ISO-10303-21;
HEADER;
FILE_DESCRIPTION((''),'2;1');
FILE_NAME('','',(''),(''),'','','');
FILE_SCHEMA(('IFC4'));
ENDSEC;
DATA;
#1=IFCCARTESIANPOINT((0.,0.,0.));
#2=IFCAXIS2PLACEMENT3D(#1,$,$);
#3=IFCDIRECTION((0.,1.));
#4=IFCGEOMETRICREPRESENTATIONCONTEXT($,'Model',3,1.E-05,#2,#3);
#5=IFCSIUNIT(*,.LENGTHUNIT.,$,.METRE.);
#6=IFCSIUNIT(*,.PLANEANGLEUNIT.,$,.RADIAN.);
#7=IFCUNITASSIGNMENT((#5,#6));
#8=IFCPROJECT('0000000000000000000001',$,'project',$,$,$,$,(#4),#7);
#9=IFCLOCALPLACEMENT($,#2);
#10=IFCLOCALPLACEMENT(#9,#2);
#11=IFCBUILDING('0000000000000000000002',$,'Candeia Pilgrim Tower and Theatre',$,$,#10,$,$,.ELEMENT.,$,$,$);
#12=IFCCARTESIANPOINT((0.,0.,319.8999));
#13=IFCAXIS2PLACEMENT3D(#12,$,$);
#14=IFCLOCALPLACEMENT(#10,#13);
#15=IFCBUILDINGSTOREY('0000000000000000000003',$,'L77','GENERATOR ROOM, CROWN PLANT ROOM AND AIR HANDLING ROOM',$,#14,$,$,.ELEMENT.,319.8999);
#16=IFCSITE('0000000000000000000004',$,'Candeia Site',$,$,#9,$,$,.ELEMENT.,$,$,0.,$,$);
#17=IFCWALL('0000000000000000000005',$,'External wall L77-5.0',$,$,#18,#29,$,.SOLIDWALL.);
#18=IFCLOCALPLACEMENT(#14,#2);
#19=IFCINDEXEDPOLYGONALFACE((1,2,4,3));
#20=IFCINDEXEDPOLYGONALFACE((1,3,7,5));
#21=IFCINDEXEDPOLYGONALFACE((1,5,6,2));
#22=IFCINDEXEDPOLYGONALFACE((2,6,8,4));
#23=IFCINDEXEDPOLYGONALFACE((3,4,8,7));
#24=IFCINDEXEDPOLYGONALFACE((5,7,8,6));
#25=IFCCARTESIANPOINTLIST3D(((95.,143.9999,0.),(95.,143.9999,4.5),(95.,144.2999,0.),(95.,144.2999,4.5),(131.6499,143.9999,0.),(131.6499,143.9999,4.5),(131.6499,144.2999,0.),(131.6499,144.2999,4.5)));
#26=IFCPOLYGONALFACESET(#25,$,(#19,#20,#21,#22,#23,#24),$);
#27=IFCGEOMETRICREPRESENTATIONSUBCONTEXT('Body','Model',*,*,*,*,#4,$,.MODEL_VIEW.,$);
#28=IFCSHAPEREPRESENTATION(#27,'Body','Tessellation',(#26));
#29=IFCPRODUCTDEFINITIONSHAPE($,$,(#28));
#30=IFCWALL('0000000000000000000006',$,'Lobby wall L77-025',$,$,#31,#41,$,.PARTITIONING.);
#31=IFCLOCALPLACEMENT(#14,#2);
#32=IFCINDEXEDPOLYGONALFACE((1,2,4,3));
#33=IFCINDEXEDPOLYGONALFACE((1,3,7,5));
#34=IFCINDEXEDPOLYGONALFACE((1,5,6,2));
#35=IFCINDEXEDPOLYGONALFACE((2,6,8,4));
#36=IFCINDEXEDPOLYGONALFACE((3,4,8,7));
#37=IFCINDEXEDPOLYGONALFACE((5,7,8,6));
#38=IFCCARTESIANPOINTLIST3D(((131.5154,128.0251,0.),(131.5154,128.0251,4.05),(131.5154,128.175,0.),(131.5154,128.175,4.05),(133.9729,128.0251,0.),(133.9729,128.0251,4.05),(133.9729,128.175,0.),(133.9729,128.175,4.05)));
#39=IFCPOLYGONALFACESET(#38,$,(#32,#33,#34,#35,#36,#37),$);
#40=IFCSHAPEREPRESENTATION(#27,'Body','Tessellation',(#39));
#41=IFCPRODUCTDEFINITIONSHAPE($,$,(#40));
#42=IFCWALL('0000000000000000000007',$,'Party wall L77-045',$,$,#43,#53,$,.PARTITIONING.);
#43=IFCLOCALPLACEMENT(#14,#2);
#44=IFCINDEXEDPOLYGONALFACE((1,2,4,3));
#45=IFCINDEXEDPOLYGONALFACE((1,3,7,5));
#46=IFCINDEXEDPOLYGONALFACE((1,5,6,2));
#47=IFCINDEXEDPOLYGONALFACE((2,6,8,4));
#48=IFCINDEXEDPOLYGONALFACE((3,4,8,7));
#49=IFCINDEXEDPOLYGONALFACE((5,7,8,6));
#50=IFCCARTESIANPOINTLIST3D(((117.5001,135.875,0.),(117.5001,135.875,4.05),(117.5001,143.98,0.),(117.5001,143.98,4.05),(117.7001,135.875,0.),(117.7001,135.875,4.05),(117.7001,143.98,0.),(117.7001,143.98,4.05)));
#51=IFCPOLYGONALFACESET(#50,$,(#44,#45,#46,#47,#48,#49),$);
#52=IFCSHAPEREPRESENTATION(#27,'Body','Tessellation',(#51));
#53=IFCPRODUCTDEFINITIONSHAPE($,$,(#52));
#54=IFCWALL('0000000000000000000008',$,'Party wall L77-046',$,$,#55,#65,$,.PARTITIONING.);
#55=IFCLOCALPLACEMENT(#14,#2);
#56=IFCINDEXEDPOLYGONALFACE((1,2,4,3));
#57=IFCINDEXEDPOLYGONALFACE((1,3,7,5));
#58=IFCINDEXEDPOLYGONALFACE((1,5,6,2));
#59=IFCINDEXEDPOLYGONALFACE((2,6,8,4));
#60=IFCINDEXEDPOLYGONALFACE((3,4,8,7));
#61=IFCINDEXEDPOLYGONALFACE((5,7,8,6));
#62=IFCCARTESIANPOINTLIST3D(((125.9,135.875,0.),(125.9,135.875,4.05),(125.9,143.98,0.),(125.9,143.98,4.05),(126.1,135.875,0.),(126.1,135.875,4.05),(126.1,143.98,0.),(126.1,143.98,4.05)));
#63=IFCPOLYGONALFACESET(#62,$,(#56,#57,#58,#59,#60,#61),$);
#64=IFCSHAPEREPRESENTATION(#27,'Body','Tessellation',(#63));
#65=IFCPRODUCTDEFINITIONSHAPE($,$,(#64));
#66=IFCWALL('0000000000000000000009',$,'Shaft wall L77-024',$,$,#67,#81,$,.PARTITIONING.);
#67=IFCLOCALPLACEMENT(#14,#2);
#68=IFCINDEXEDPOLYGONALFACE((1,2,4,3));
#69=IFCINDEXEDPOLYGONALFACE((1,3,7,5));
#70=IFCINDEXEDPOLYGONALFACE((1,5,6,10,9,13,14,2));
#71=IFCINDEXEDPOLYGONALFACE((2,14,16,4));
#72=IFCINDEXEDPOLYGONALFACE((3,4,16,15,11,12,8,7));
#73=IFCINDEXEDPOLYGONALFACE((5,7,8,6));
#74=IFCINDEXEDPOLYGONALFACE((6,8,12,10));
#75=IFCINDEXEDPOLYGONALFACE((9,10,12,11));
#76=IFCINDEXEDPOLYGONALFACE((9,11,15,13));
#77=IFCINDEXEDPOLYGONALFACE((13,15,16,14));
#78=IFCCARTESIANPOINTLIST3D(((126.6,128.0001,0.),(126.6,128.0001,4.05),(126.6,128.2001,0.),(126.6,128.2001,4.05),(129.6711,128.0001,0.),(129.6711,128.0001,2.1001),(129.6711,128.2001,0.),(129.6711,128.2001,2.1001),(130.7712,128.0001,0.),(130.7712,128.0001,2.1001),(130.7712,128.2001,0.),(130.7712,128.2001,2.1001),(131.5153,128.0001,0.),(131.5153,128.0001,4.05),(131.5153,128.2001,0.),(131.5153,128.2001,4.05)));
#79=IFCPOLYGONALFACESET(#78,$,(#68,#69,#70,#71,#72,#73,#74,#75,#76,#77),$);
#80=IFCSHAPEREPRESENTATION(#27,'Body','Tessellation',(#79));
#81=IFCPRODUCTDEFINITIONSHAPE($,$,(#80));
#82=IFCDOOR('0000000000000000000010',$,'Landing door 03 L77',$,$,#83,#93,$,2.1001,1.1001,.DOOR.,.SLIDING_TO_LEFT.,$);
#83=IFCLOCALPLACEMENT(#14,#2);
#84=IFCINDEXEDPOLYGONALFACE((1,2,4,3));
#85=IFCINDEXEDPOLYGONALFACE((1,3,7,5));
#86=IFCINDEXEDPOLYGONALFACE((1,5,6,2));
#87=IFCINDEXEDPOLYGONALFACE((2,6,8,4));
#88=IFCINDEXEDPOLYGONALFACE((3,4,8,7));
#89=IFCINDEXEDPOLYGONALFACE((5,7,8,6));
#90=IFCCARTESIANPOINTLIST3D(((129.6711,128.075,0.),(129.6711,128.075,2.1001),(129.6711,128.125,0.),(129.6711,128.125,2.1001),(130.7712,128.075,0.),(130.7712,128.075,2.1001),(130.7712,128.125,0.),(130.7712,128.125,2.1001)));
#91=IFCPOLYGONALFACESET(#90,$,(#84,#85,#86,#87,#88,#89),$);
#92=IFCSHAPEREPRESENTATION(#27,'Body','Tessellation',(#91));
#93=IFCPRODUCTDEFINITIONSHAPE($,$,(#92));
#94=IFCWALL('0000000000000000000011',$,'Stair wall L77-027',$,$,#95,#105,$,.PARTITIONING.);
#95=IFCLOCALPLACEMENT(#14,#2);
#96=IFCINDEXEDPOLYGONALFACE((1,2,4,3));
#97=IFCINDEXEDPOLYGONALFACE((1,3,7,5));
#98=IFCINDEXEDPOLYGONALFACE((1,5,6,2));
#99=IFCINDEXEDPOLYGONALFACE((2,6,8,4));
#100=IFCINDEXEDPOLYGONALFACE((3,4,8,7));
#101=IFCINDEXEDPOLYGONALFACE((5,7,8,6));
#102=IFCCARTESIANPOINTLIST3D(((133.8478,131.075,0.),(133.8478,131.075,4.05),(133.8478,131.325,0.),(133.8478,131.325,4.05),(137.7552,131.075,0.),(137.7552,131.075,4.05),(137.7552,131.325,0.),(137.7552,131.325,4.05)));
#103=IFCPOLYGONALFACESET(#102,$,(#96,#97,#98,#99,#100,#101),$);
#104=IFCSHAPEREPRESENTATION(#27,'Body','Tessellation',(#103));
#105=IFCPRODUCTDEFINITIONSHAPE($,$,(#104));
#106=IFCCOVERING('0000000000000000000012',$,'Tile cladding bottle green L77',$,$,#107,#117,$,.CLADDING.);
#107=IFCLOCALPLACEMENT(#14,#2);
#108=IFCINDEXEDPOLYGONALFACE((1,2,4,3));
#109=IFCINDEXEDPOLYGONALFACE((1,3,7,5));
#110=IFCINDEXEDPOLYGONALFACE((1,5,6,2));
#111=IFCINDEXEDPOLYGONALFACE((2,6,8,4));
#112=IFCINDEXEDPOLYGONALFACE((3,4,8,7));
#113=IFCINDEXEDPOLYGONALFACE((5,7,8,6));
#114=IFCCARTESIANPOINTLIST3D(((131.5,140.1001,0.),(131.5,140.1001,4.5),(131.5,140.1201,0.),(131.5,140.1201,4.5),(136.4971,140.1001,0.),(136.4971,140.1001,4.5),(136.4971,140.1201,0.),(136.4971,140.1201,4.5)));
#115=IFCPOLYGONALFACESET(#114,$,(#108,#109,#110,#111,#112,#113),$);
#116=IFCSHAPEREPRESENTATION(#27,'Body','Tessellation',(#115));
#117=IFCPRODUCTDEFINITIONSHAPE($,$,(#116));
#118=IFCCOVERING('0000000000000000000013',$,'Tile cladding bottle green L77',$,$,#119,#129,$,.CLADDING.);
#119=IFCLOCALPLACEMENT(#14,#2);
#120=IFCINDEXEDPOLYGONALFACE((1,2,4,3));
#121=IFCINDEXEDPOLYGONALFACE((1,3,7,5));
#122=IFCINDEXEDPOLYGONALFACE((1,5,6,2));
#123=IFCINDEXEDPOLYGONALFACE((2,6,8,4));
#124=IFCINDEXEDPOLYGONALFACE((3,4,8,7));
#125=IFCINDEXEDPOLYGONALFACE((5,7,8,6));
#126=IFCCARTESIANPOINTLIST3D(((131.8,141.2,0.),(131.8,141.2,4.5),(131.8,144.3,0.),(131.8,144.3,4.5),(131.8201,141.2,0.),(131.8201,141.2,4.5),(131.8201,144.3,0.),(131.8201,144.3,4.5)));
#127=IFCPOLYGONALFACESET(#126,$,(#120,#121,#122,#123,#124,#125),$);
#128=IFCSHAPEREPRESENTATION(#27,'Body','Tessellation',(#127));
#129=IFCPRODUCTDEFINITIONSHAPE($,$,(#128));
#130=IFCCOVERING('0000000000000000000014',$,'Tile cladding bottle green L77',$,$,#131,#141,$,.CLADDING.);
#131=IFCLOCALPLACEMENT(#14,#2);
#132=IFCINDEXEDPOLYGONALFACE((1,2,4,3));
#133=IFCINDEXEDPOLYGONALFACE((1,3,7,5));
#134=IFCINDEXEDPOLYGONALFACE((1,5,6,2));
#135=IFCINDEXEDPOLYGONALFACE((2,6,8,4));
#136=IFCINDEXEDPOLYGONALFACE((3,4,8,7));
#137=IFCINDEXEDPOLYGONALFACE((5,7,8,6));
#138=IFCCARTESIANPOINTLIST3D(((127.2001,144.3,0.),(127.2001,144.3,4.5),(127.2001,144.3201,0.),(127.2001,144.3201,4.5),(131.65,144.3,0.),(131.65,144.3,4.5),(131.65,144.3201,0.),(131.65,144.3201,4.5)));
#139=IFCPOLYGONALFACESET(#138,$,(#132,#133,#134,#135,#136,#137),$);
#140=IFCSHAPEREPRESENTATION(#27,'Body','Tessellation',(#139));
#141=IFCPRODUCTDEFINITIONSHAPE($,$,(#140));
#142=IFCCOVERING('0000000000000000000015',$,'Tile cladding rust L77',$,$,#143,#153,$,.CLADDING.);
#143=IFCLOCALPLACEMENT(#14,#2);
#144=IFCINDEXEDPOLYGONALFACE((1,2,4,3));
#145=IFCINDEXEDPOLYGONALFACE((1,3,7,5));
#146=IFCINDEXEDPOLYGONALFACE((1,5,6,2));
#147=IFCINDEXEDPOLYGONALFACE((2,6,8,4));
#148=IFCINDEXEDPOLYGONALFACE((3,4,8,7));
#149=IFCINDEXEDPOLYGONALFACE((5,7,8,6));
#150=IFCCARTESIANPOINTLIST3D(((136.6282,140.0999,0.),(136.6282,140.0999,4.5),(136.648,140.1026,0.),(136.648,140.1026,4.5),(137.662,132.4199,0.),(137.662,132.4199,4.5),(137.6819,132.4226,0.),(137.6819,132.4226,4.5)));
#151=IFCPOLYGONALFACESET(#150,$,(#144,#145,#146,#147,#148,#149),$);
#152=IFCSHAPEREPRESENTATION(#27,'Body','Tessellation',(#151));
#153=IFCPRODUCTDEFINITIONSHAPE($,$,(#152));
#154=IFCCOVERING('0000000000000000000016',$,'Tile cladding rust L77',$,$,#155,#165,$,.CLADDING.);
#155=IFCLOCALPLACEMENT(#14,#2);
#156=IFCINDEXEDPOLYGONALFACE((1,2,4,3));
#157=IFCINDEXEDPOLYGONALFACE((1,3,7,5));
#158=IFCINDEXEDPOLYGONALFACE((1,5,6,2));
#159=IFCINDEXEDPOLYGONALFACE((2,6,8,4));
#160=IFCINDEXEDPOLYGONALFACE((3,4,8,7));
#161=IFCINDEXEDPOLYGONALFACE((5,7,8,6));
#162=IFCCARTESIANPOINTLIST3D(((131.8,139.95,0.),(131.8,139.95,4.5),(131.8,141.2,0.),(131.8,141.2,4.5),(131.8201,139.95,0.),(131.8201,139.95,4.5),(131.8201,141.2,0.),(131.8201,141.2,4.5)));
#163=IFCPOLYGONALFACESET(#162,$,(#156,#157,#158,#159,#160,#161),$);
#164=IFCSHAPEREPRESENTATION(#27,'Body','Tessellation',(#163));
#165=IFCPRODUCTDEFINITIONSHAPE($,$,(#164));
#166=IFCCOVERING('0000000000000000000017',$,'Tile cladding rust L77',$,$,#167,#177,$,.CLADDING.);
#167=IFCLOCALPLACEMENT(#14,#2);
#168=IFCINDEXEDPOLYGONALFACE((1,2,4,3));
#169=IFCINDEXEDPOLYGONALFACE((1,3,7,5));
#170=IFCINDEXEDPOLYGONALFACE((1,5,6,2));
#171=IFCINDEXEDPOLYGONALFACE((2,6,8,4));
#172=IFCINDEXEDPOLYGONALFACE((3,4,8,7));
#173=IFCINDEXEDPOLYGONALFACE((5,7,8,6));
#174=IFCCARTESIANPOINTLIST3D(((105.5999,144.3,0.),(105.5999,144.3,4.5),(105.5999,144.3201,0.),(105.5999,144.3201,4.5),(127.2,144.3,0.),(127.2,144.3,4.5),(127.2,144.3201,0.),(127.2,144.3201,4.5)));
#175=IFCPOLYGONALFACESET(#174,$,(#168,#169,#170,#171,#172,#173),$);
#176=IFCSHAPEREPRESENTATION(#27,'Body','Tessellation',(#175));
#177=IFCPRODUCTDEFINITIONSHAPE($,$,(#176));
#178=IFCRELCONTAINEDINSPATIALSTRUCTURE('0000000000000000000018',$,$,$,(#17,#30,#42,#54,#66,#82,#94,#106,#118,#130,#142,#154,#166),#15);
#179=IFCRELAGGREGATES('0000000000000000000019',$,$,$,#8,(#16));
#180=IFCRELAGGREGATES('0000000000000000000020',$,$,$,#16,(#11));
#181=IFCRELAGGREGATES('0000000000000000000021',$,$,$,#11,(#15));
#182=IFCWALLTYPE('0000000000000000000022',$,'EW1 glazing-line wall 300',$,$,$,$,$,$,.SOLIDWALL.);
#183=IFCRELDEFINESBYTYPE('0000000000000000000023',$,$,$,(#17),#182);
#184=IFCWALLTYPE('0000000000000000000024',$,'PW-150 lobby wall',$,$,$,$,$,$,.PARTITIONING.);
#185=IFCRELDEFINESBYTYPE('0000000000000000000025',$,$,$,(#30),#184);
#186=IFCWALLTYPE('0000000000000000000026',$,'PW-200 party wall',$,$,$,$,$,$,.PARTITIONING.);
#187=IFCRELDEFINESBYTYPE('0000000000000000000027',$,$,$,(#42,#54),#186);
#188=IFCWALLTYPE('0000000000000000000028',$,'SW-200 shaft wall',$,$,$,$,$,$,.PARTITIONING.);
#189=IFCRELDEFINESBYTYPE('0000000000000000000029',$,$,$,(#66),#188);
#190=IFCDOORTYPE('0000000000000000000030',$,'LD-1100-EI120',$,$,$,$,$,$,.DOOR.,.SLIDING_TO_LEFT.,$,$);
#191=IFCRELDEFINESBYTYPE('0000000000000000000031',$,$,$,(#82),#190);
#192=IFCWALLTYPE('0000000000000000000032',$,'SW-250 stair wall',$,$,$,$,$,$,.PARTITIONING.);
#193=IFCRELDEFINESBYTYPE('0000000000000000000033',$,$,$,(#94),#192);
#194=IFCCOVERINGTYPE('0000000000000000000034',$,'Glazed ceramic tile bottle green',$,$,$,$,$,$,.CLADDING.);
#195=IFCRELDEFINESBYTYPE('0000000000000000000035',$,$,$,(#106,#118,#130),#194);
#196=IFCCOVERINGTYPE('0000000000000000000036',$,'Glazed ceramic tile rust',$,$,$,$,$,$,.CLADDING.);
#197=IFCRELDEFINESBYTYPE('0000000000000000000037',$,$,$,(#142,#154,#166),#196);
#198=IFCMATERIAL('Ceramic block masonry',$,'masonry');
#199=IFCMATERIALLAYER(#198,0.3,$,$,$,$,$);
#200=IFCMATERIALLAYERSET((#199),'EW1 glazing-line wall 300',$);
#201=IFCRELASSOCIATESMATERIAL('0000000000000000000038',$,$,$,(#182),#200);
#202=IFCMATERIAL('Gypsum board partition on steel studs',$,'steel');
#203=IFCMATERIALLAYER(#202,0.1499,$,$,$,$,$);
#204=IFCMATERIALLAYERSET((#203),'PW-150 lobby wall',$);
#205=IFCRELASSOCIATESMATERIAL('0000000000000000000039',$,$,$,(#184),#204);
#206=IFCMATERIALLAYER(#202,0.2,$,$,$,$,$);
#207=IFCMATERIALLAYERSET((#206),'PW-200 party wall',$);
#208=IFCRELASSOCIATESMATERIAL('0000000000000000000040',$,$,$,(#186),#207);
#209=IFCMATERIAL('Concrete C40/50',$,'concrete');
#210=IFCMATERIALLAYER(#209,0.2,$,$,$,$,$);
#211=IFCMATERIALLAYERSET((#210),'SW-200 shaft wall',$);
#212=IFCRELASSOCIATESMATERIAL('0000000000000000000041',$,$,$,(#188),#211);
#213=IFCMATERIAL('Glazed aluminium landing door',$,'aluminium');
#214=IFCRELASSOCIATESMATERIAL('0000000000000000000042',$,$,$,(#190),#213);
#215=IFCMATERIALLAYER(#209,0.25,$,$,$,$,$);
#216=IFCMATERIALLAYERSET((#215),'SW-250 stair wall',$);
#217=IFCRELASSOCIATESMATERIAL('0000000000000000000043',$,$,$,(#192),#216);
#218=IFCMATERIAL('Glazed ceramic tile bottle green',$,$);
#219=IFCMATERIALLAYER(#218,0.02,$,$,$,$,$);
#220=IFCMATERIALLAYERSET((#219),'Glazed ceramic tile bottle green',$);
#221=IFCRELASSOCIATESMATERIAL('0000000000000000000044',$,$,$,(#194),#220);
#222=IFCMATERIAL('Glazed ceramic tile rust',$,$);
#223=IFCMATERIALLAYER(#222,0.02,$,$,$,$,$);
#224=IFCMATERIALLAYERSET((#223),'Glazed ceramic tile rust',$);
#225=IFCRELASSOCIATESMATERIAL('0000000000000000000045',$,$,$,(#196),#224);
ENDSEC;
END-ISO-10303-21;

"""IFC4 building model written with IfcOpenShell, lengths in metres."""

from ifc_helpers import new_model, si_unit, direction, frame, frame_2d, origin, origin_2d, place, context, subcontext, project, spatial, rectangle, extrude, material, layer, layer_set, type_object, element, fill, save


model = new_model("IFC4")

# Units and contexts
model_context = context("Model", 3, precision=1e-05, world=origin(), true_north=direction((0.0, 1.0)))
body_context = subcontext(model_context, "Body", "Model", "MODEL_VIEW")
ifc_project = project(units=[si_unit("LENGTHUNIT", "METRE"), si_unit("PLANEANGLEUNIT", "RADIAN")], contexts=[model_context])

# Site, building, storey
site_placement = place(None, origin())
site = spatial("IfcSite", under=ifc_project, at=site_placement, Name="Candeia Site", CompositionType="ELEMENT", RefElevation=0.0)
building_placement = place(site_placement, origin())
building = spatial("IfcBuilding", under=site, at=building_placement, Name="Candeia Pilgrim Tower and Theatre", CompositionType="ELEMENT")
storey_placement = place(building_placement, frame((0.0, 0.0, 319.8999)))
storey = spatial("IfcBuildingStorey", under=building, at=storey_placement, Name="L77", Description="GENERATOR ROOM, CROWN PLANT ROOM AND AIR HANDLING ROOM", CompositionType="ELEMENT", Elevation=319.8999)

# Shared definitions
ifc_material_1 = material(Name="Concrete C40/50", Category="concrete")

# Walls
ifc_material_2 = material(Name="Ceramic block masonry", Category="masonry")
ifc_layer_1 = layer(ifc_material_2, 0.3)
ifc_layer_set_1 = layer_set([ifc_layer_1], Name="EW1 glazing-line wall 300")
wall_type_1 = type_object("IfcWallType", Name="EW1 glazing-line wall 300", PredefinedType="SOLIDWALL", material=ifc_layer_set_1)
wall_1_placement = place(storey_placement, frame((131.6499, 144.1499, 0.0), z_axis=(0.0, 0.0, 1.0), x_axis=(-1.0, 0.0, 0.0)))
element("IfcWall", 1, at=wall_1_placement, inside=storey, type_object=wall_type_1, Name="External wall L77-5.0", PredefinedType="SOLIDWALL", context=body_context, shape_type="SweptSolid", body=[
    extrude(rectangle(XDim=36.6499, YDim=0.3, at=frame_2d((18.325, 0.0))), origin(), (0.0, 0.0, 1.0), 4.5),
])
ifc_material_3 = material(Name="Gypsum board partition on steel studs", Category="steel")
ifc_layer_2 = layer(ifc_material_3, 0.1499)
ifc_layer_set_2 = layer_set([ifc_layer_2], Name="PW-150 lobby wall")
wall_type_2 = type_object("IfcWallType", Name="PW-150 lobby wall", PredefinedType="PARTITIONING", material=ifc_layer_set_2)
wall_2_placement = place(storey_placement, frame((131.5154, 128.1001, 0.0), z_axis=(0.0, 0.0, 1.0), x_axis=(1.0, 0.0, 0.0)))
element("IfcWall", 2, at=wall_2_placement, inside=storey, type_object=wall_type_2, Name="Lobby wall L77-025", PredefinedType="PARTITIONING", context=body_context, shape_type="SweptSolid", body=[
    extrude(rectangle(XDim=2.4575, YDim=0.1499, at=frame_2d((1.2288, 0.0))), origin(), (0.0, 0.0, 1.0), 4.05),
])
ifc_layer_3 = layer(ifc_material_3, 0.2)
ifc_layer_set_3 = layer_set([ifc_layer_3], Name="PW-200 party wall")
wall_type_3 = type_object("IfcWallType", Name="PW-200 party wall", PredefinedType="PARTITIONING", material=ifc_layer_set_3)
for number, where, z_axis, x_axis, name in (
    (3, (117.6001, 135.875, 0.0), (0.0, 0.0, 1.0), (0.0, 1.0, 0.0), "Party wall L77-045"),
    (4, (126.0, 135.875, 0.0), (0.0, 0.0, 1.0), (0.0, 1.0, 0.0), "Party wall L77-046"),
):
    element("IfcWall", number, at=place(storey_placement, frame(where, z_axis=z_axis, x_axis=x_axis)), inside=storey, type_object=wall_type_3, Name=name, PredefinedType="PARTITIONING", context=body_context, shape_type="SweptSolid", body=[
        extrude(rectangle(XDim=8.105, YDim=0.2, at=frame_2d((4.0525, 0.0))), origin(), (0.0, 0.0, 1.0), 4.05),
    ])

# Wall, opening, door
ifc_layer_4 = layer(ifc_material_1, 0.2)
ifc_layer_set_4 = layer_set([ifc_layer_4], Name="SW-200 shaft wall")
wall_type_4 = type_object("IfcWallType", Name="SW-200 shaft wall", PredefinedType="PARTITIONING", material=ifc_layer_set_4)
wall_3_placement = place(storey_placement, frame((126.6001, 128.1001, 0.0), z_axis=(0.0, 0.0, 1.0), x_axis=(1.0, 0.0, 0.0)))
wall_3 = element("IfcWall", 5, at=wall_3_placement, inside=storey, type_object=wall_type_4, Name="Shaft wall L77-024", PredefinedType="PARTITIONING", context=body_context, shape_type="SweptSolid", body=[
    extrude(rectangle(XDim=4.9153, YDim=0.2, at=frame_2d((2.4575, 0.0))), origin(), (0.0, 0.0, 1.0), 4.05),
])
opening_1_placement = place(wall_3_placement, frame((3.071, 0.0, 0.0)))
opening_1 = element("IfcOpeningElement", 6, at=opening_1_placement, cuts=wall_3, PredefinedType="OPENING", context=body_context, shape_type="SweptSolid", body=[
    extrude(rectangle(XDim=1.1001, YDim=2.1001, at=frame_2d((0.55, 1.05))), frame((0.0, 0.1099, 0.0), z_axis=(0.0, -1.0, 0.0), x_axis=(1.0, 0.0, 0.0)), (0.0, 0.0, 1.0), 0.22),
])
ifc_material_4 = material(Name="Glazed aluminium landing door", Category="aluminium")
door_type_1 = type_object("IfcDoorType", Name="LD-1100-EI120", OperationType="SLIDING_TO_LEFT", PredefinedType="DOOR", material=ifc_material_4)
door_1_placement = place(opening_1_placement, origin())
door_1 = element("IfcDoor", 7, at=door_1_placement, inside=storey, type_object=door_type_1, Name="Landing door 03 L77", OperationType="SLIDING_TO_LEFT", OverallHeight=2.1001, OverallWidth=1.1001, PredefinedType="DOOR", context=body_context, shape_type="SweptSolid", body=[
    extrude(rectangle(XDim=1.1001, YDim=2.1001, at=frame_2d((0.55, 1.05))), frame((0.0, 0.0249, 0.0), z_axis=(0.0, -1.0, 0.0), x_axis=(1.0, 0.0, 0.0)), (0.0, 0.0, 1.0), 0.05),
])
fill(opening_1, door_1)

# Wall
ifc_layer_5 = layer(ifc_material_1, 0.25)
ifc_layer_set_5 = layer_set([ifc_layer_5], Name="SW-250 stair wall")
wall_type_5 = type_object("IfcWallType", Name="SW-250 stair wall", PredefinedType="PARTITIONING", material=ifc_layer_set_5)
wall_4_placement = place(storey_placement, frame((133.8479, 131.2, 0.0), z_axis=(0.0, 0.0, 1.0), x_axis=(1.0, 0.0, 0.0)))
element("IfcWall", 8, at=wall_4_placement, inside=storey, type_object=wall_type_5, Name="Stair wall L77-027", PredefinedType="PARTITIONING", context=body_context, shape_type="SweptSolid", body=[
    extrude(rectangle(XDim=3.9075, YDim=0.25, at=frame_2d((1.9536, 0.0))), origin(), (0.0, 0.0, 1.0), 4.05),
])

# Coverings
ifc_material_5 = material(Name="Glazed ceramic tile bottle green")
ifc_layer_6 = layer(ifc_material_5, 0.02)
ifc_layer_set_6 = layer_set([ifc_layer_6], Name="Glazed ceramic tile bottle green")
covering_type_1 = type_object("IfcCoveringType", Name="Glazed ceramic tile bottle green", PredefinedType="CLADDING", material=ifc_layer_set_6)
covering_1_placement = place(storey_placement, frame((133.9985, 140.1101, 0.0), z_axis=(0.0, 0.0, 1.0), x_axis=(-1.0, 0.0, 0.0)))
element("IfcCovering", 9, at=covering_1_placement, inside=storey, type_object=covering_type_1, Name="Tile cladding bottle green L77", PredefinedType="CLADDING", context=body_context, shape_type="SweptSolid", body=[
    extrude(rectangle(XDim=4.9971, YDim=0.02, at=origin_2d()), origin(), (0.0, 0.0, 1.0), 4.5),
])
covering_2_placement = place(storey_placement, frame((131.8101, 142.75, 0.0), z_axis=(0.0, 0.0, 1.0), x_axis=(0.0, 1.0, 0.0)))
element("IfcCovering", 10, at=covering_2_placement, inside=storey, type_object=covering_type_1, Name="Tile cladding bottle green L77", PredefinedType="CLADDING", context=body_context, shape_type="SweptSolid", body=[
    extrude(rectangle(XDim=3.1001, YDim=0.02, at=origin_2d()), origin(), (0.0, 0.0, 1.0), 4.5),
])
covering_3_placement = place(storey_placement, frame((129.425, 144.3101, 0.0), z_axis=(0.0, 0.0, 1.0), x_axis=(-1.0, 0.0, 0.0)))
element("IfcCovering", 11, at=covering_3_placement, inside=storey, type_object=covering_type_1, Name="Tile cladding bottle green L77", PredefinedType="CLADDING", context=body_context, shape_type="SweptSolid", body=[
    extrude(rectangle(XDim=4.45, YDim=0.02, at=origin_2d()), origin(), (0.0, 0.0, 1.0), 4.5),
])
ifc_material_6 = material(Name="Glazed ceramic tile rust")
ifc_layer_7 = layer(ifc_material_6, 0.02)
ifc_layer_set_7 = layer_set([ifc_layer_7], Name="Glazed ceramic tile rust")
covering_type_2 = type_object("IfcCoveringType", Name="Glazed ceramic tile rust", PredefinedType="CLADDING", material=ifc_layer_set_7)
covering_4_placement = place(storey_placement, frame((137.155, 136.2612, 0.0), z_axis=(0.0, 0.0, 1.0), x_axis=(-0.133412, 0.991061, 0.0)))
element("IfcCovering", 12, at=covering_4_placement, inside=storey, type_object=covering_type_2, Name="Tile cladding rust L77", PredefinedType="CLADDING", context=body_context, shape_type="SweptSolid", body=[
    extrude(rectangle(XDim=7.7493, YDim=0.02, at=origin_2d()), origin(), (0.0, 0.0, 1.0), 4.5),
])
covering_5_placement = place(storey_placement, frame((131.8101, 140.575, 0.0), z_axis=(0.0, 0.0, 1.0), x_axis=(0.0, 1.0, 0.0)))
element("IfcCovering", 13, at=covering_5_placement, inside=storey, type_object=covering_type_2, Name="Tile cladding rust L77", PredefinedType="CLADDING", context=body_context, shape_type="SweptSolid", body=[
    extrude(rectangle(XDim=1.25, YDim=0.02, at=origin_2d()), origin(), (0.0, 0.0, 1.0), 4.5),
])
covering_6_placement = place(storey_placement, frame((116.3999, 144.3101, 0.0), z_axis=(0.0, 0.0, 1.0), x_axis=(-1.0, 0.0, 0.0)))
element("IfcCovering", 14, at=covering_6_placement, inside=storey, type_object=covering_type_2, Name="Tile cladding rust L77", PredefinedType="CLADDING", context=body_context, shape_type="SweptSolid", body=[
    extrude(rectangle(XDim=21.6001, YDim=0.02, at=origin_2d()), origin(), (0.0, 0.0, 1.0), 4.5),
])

save(model, "model.ifc")
